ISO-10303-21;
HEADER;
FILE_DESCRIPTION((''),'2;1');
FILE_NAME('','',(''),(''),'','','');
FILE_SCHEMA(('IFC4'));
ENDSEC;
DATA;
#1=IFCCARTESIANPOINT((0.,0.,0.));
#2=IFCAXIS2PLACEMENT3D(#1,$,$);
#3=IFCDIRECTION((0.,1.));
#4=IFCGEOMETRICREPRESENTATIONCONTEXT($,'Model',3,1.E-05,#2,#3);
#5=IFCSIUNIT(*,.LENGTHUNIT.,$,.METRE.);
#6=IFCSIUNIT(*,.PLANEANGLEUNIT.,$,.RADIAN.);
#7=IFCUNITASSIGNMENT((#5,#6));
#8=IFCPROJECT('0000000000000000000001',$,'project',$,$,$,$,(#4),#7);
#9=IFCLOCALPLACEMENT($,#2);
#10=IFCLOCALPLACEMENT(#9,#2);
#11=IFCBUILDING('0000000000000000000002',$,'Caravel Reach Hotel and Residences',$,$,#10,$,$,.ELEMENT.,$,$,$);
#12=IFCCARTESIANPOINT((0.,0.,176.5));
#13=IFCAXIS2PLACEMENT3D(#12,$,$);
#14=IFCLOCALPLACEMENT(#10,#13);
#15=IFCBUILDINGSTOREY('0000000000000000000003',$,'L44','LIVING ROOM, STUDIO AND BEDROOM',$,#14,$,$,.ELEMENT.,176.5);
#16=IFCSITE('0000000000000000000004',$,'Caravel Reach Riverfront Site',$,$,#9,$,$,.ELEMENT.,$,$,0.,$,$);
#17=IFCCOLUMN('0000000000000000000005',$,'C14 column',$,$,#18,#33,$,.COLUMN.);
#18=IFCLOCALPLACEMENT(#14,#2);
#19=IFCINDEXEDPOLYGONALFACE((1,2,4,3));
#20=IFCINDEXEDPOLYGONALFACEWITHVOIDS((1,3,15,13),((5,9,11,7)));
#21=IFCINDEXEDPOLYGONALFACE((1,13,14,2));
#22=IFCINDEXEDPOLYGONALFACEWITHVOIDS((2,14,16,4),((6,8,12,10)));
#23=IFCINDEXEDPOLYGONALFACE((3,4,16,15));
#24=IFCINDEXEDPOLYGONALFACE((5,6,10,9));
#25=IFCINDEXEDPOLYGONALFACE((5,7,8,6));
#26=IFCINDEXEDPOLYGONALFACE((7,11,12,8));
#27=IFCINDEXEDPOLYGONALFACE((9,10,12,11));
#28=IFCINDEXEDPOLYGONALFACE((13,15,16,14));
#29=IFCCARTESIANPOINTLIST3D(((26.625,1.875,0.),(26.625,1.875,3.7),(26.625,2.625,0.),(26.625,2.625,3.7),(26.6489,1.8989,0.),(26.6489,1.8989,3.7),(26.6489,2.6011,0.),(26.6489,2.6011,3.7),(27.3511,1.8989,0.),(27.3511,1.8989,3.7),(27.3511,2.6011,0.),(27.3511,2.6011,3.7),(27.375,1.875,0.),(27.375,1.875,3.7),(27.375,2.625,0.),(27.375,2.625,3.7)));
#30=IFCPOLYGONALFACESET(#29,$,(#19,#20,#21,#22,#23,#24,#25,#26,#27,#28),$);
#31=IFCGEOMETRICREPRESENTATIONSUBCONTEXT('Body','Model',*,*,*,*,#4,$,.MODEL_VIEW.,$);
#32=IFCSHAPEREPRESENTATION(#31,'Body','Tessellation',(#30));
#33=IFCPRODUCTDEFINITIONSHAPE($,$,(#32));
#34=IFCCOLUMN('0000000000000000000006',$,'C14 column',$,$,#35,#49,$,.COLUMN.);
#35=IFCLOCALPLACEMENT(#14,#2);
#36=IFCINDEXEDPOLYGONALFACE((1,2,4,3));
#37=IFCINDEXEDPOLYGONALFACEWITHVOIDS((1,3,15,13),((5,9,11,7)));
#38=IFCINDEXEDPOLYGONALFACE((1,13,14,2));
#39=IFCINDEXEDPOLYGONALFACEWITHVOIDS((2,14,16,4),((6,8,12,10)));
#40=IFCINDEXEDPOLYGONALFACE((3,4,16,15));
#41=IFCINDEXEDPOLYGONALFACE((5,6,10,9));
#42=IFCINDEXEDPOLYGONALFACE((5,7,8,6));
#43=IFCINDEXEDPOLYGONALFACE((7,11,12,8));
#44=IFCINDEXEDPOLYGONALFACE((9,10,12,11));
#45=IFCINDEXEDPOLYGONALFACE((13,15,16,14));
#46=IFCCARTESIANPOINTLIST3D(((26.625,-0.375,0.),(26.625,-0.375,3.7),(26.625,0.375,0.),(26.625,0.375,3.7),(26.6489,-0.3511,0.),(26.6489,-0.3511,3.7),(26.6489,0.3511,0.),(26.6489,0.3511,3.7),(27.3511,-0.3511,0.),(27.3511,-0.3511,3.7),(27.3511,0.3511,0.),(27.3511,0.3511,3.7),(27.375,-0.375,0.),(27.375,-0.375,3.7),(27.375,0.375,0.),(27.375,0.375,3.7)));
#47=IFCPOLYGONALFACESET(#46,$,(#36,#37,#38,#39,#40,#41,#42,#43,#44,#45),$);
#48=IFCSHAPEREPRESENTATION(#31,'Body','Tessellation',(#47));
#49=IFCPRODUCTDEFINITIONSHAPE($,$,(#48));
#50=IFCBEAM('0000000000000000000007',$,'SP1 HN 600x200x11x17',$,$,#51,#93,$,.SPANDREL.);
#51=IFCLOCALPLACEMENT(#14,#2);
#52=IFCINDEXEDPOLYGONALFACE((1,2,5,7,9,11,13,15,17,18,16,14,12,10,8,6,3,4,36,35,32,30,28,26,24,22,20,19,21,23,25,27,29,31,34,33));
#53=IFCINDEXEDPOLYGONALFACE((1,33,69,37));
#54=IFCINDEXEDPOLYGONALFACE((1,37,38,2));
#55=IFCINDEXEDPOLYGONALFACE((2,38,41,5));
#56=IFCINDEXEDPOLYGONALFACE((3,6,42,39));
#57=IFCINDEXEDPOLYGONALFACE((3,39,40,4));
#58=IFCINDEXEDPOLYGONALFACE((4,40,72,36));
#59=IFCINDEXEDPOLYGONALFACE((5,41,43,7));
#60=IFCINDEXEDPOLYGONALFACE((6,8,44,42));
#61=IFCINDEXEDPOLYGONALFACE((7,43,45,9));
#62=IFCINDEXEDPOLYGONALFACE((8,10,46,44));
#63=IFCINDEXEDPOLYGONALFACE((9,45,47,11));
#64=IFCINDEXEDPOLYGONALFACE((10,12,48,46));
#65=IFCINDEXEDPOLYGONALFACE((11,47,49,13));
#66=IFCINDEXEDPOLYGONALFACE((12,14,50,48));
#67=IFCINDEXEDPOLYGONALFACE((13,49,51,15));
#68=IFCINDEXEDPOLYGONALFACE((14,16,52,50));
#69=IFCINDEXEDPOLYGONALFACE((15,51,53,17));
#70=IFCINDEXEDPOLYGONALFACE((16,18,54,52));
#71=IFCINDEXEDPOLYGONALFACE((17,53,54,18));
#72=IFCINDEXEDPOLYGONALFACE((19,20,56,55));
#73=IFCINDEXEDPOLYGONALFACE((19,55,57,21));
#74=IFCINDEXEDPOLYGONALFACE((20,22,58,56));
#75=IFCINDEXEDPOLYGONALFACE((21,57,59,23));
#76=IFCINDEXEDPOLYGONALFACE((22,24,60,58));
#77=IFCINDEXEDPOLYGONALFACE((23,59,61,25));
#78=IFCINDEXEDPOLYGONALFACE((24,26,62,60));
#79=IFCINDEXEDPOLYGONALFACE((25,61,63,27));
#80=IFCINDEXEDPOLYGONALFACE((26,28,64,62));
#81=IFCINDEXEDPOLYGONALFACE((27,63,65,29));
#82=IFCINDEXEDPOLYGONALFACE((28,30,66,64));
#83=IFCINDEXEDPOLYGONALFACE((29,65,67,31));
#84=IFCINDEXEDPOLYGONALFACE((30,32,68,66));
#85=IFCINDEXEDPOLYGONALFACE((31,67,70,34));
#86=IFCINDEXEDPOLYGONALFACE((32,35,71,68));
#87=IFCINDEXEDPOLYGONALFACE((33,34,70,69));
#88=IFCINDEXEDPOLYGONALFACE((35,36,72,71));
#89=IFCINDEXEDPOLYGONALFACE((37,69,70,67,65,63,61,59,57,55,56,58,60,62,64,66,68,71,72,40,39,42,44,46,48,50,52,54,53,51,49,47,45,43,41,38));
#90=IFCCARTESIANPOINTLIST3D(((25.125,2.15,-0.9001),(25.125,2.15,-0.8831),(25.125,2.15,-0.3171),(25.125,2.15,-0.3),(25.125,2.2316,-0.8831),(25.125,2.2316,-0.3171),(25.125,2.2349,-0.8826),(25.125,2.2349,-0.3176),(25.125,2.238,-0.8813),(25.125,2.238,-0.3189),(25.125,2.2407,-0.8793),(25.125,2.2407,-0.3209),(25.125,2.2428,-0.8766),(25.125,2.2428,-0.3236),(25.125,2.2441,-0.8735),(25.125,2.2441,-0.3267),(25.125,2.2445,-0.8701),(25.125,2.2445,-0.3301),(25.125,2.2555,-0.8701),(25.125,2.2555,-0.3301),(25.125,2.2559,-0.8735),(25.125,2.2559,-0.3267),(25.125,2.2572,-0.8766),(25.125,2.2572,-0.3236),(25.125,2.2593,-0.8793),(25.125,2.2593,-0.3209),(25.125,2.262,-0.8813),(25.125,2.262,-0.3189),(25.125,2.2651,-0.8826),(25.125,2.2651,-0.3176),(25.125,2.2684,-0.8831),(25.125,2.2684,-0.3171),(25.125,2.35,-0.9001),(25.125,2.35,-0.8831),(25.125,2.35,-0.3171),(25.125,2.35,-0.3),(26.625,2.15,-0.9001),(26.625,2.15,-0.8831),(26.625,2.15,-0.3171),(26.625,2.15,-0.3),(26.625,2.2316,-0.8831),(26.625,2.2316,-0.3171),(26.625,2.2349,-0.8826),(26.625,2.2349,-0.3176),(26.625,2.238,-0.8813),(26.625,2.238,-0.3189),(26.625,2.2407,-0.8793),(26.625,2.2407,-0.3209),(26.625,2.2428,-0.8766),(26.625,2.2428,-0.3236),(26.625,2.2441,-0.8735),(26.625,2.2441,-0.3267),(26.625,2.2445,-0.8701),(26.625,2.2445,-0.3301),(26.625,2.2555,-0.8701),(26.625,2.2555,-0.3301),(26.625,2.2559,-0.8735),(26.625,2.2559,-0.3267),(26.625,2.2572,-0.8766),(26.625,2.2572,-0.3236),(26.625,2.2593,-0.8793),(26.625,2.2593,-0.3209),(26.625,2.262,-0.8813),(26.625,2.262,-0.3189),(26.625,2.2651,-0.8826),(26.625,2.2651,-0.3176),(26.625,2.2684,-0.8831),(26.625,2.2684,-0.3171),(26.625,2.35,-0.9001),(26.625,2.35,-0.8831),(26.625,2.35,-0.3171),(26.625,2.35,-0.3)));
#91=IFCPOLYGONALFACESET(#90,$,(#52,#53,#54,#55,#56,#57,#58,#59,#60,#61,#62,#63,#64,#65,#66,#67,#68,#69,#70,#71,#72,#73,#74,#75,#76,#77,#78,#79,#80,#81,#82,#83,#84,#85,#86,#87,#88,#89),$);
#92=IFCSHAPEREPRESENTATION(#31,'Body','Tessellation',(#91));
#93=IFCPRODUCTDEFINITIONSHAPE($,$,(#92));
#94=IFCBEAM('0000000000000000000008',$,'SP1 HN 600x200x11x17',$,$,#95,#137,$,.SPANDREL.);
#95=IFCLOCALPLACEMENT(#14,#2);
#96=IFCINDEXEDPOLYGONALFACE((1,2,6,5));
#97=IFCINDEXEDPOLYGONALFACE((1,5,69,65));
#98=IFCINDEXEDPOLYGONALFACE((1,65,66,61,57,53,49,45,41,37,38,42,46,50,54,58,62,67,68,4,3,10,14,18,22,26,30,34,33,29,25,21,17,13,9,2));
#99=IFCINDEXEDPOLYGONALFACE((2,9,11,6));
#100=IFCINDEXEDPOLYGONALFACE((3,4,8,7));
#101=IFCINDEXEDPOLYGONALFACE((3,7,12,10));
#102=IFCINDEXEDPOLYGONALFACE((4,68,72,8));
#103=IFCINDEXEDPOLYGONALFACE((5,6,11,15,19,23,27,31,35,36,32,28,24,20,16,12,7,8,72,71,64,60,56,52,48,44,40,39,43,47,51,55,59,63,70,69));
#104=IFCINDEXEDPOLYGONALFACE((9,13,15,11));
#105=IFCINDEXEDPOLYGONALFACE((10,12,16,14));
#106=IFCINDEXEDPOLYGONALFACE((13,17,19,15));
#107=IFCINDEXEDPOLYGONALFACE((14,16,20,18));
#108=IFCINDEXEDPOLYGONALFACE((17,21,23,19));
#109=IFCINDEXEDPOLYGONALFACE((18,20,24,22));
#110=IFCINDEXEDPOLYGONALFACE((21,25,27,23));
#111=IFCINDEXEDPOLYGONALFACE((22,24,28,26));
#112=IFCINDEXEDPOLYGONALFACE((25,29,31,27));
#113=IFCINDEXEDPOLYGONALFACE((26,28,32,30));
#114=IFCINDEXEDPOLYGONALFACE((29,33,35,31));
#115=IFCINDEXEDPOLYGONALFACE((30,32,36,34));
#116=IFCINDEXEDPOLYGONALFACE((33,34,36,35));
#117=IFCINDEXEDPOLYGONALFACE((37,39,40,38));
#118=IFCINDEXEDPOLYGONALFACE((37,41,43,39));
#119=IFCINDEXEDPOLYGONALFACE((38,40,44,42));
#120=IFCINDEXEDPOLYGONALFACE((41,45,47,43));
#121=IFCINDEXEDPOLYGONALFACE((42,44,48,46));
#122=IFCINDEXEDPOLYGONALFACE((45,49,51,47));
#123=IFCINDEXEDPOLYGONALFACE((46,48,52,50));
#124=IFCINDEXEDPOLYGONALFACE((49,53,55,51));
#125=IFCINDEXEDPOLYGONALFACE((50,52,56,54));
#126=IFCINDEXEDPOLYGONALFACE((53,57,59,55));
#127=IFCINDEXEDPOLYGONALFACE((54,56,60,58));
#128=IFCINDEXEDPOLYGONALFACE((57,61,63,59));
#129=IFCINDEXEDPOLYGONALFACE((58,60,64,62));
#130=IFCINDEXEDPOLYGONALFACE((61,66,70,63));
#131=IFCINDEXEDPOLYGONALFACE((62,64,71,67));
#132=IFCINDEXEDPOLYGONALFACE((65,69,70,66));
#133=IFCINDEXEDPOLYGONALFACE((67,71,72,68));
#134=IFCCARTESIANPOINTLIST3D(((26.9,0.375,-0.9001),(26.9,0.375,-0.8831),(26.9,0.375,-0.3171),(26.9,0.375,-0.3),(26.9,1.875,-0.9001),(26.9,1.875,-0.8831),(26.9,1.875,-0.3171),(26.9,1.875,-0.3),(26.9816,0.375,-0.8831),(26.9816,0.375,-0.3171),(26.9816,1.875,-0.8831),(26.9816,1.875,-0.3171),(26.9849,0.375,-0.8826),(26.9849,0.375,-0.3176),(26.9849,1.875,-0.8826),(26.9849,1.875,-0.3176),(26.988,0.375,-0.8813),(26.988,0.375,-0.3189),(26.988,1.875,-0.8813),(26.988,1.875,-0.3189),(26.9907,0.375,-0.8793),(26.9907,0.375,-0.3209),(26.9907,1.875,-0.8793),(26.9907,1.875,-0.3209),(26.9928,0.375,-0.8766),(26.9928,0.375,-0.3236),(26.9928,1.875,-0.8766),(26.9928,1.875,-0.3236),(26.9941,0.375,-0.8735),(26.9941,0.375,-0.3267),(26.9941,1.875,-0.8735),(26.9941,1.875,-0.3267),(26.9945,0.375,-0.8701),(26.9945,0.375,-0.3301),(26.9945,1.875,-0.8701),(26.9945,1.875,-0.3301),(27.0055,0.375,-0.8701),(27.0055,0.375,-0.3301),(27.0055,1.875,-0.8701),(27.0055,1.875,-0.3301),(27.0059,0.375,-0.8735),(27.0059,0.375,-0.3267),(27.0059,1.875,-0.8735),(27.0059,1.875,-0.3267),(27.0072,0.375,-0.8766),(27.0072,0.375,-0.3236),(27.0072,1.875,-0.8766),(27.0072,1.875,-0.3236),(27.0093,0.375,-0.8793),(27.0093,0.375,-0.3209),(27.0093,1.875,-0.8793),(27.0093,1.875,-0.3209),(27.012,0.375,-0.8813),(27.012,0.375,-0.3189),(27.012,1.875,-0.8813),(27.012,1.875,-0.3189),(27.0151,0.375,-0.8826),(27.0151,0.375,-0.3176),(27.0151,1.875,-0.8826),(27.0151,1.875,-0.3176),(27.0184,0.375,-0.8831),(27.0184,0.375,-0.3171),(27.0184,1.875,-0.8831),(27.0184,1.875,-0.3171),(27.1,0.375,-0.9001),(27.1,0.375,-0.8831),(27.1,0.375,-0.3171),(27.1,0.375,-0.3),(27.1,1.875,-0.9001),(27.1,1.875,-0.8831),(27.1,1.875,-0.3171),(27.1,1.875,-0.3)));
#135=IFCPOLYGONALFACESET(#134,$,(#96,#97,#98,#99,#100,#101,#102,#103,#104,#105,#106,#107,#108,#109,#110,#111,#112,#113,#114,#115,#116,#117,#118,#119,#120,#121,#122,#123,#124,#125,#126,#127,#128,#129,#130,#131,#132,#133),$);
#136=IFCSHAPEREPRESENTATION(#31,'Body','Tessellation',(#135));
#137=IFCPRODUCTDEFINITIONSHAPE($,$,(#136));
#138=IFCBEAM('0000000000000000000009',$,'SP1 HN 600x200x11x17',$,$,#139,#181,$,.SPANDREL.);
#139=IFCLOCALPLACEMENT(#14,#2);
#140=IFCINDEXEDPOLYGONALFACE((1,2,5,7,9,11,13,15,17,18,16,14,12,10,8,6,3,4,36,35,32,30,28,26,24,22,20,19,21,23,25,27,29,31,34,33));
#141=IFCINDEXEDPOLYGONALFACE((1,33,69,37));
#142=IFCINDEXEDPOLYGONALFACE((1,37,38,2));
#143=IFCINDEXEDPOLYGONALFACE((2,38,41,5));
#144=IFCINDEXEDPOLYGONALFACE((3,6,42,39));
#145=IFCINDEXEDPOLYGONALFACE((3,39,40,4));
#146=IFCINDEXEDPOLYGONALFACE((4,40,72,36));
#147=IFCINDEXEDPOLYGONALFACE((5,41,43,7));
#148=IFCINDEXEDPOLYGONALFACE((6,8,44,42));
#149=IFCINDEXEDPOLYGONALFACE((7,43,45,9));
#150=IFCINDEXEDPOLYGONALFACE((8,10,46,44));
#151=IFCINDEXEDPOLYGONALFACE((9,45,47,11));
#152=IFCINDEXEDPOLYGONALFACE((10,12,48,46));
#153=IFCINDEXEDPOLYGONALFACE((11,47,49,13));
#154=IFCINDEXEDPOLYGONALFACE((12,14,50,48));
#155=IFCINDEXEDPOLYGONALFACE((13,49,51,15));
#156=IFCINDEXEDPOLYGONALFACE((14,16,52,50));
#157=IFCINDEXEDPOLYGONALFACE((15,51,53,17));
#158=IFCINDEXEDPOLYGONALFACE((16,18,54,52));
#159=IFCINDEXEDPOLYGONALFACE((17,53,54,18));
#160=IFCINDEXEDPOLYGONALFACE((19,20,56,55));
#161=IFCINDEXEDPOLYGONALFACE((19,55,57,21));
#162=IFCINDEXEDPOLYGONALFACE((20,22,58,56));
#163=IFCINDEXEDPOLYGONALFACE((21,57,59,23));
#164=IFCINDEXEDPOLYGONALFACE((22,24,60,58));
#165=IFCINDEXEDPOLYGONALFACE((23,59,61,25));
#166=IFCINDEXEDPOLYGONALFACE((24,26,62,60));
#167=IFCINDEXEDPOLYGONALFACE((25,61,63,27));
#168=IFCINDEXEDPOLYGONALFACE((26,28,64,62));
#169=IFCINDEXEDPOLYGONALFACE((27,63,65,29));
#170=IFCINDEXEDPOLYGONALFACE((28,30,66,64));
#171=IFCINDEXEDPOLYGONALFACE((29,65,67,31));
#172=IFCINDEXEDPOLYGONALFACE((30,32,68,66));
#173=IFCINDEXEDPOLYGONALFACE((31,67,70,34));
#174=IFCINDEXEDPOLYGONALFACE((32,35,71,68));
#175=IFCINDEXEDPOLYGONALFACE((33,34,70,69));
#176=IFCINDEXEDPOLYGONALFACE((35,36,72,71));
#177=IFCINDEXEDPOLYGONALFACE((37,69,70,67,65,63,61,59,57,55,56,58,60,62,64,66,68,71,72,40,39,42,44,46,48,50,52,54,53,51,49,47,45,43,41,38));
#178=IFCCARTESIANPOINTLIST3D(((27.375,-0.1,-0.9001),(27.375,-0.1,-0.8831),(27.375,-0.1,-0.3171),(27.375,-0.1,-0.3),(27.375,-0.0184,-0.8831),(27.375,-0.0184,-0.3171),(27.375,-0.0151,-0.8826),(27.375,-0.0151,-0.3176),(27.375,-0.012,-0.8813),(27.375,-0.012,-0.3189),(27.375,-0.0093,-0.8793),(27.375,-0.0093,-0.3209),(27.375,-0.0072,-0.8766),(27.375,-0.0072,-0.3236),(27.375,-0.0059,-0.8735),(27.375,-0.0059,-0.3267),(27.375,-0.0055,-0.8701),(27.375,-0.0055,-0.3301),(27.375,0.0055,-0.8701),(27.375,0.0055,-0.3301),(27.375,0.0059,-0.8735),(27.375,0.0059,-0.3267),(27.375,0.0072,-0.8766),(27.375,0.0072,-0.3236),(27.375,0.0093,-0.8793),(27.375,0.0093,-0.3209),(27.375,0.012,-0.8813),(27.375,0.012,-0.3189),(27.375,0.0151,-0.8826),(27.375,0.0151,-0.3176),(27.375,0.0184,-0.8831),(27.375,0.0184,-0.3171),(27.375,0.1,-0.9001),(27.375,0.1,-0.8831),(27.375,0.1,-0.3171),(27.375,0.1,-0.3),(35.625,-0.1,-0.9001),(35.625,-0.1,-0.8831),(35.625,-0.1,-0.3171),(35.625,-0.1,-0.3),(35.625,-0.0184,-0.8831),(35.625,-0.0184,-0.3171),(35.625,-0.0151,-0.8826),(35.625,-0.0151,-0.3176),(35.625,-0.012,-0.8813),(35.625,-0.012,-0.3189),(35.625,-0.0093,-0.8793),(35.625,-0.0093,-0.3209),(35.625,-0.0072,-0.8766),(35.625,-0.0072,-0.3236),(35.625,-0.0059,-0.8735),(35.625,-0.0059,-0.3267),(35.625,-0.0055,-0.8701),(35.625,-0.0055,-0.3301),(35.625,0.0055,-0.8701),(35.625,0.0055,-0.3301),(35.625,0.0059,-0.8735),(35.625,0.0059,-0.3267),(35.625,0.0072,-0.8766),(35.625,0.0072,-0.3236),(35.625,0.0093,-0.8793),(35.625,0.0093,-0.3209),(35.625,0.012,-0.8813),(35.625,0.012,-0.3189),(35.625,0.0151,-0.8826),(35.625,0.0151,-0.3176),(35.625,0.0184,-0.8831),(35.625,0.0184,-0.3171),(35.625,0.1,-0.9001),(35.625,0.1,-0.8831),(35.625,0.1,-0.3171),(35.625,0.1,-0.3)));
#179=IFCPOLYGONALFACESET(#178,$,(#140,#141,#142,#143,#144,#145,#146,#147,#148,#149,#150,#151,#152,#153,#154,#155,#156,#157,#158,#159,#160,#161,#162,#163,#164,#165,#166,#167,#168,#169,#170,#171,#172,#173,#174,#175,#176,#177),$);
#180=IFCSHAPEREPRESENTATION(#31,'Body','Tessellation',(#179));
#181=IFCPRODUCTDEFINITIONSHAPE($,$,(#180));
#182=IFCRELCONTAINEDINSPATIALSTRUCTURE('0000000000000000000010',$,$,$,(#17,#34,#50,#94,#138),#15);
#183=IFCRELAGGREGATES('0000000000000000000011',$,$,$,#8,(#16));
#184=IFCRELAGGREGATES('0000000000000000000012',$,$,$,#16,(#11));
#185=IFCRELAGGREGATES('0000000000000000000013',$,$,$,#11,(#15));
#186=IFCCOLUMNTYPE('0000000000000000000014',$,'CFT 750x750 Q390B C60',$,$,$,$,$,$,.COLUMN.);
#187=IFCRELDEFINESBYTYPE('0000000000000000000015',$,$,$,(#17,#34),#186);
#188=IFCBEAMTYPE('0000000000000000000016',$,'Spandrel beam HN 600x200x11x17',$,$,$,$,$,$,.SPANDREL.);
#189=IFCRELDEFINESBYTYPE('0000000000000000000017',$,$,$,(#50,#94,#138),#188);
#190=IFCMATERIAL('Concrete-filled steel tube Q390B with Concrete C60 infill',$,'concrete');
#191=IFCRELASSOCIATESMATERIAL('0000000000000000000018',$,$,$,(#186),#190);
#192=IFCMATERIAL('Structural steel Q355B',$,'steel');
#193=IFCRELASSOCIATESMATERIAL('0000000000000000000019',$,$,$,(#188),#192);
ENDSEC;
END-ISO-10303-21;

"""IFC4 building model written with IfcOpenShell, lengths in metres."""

from ifc_helpers import new_model, si_unit, direction, frame, origin, origin_2d, place, context, subcontext, project, spatial, hollow_rectangle, i_section, extrude, material, material_profile, profile_set, type_object, element, save


model = new_model("IFC4")

# Units and contexts
model_context = context("Model", 3, precision=1e-05, world=origin(), true_north=direction((0.0, 1.0)))
body_context = subcontext(model_context, "Body", "Model", "MODEL_VIEW")
ifc_project = project(units=[si_unit("LENGTHUNIT", "METRE"), si_unit("PLANEANGLEUNIT", "RADIAN")], contexts=[model_context])

# Site, building, storey
site_placement = place(None, origin())
site = spatial("IfcSite", under=ifc_project, at=site_placement, Name="Caravel Reach Riverfront Site", CompositionType="ELEMENT", RefElevation=0.0)
building_placement = place(site_placement, origin())
building = spatial("IfcBuilding", under=site, at=building_placement, Name="Caravel Reach Hotel and Residences", CompositionType="ELEMENT")
storey_placement = place(building_placement, frame((0.0, 0.0, 176.5)))
storey = spatial("IfcBuildingStorey", under=building, at=storey_placement, Name="L44", Description="LIVING ROOM, STUDIO AND BEDROOM", CompositionType="ELEMENT", Elevation=176.5)

# Columns
ifc_material_1 = material(Name="Concrete-filled steel tube Q390B with Concrete C60 infill", Category="concrete")
ifc_material_profile_1 = material_profile(ifc_material_1, hollow_rectangle(XDim=0.75, YDim=0.75, WallThickness=0.0239, at=origin_2d()), Name="RHS 750x750x24")
ifc_profile_set_1 = profile_set([ifc_material_profile_1], Name="Concrete-filled steel tube Q390B with Concrete C60 infill")
column_type = type_object("IfcColumnType", Name="CFT 750x750 Q390B C60", PredefinedType="COLUMN", material=ifc_profile_set_1)
for number, where, z_axis, x_axis, name in (
    (1, (27.0, 2.25, 0.0), (0.0, 0.0, 1.0), (1.0, 0.0, 0.0), "C14 column"),
    (2, (27.0, 0.0, 0.0), (0.0, 0.0, 1.0), (1.0, 0.0, 0.0), "C14 column"),
):
    element("IfcColumn", number, at=place(storey_placement, frame(where, z_axis=z_axis, x_axis=x_axis)), inside=storey, type_object=column_type, Name=name, PredefinedType="COLUMN", context=body_context, shape_type="SweptSolid", body=[
        extrude(hollow_rectangle(XDim=0.75, YDim=0.75, WallThickness=0.0239, at=origin_2d()), origin(), (0.0, 0.0, 1.0), 3.7),
    ])

# Beams
ifc_material_2 = material(Name="Structural steel Q355B", Category="steel")
ifc_material_profile_2 = material_profile(ifc_material_2, i_section(OverallWidth=0.2, OverallDepth=0.6001, WebThickness=0.011, FlangeThickness=0.0171, FilletRadius=0.0129, at=origin_2d()), Name="HN 600x200x11x17")
ifc_profile_set_2 = profile_set([ifc_material_profile_2], Name="Structural steel Q355B")
beam_type = type_object("IfcBeamType", Name="Spandrel beam HN 600x200x11x17", PredefinedType="SPANDREL", material=ifc_profile_set_2)
for number, where, z_axis, x_axis, name in (
    (3, (25.125, 2.25, -0.6001), (1.0, 0.0, 0.0), (0.0, 1.0, 0.0), "SP1 HN 600x200x11x17"),
    (4, (27.0, 1.875, -0.6001), (0.0, -1.0, 0.0), (1.0, 0.0, 0.0), "SP1 HN 600x200x11x17"),
):
    element("IfcBeam", number, at=place(storey_placement, frame(where, z_axis=z_axis, x_axis=x_axis)), inside=storey, type_object=beam_type, Name=name, PredefinedType="SPANDREL", context=body_context, shape_type="SweptSolid", body=[
        extrude(i_section(OverallWidth=0.2, OverallDepth=0.6001, WebThickness=0.011, FlangeThickness=0.0171, FilletRadius=0.0129, at=origin_2d()), origin(), (0.0, 0.0, 1.0), 1.5),
    ])
beam_placement = place(storey_placement, frame((27.375, 0.0, -0.6001), z_axis=(1.0, 0.0, 0.0), x_axis=(0.0, 1.0, 0.0)))
element("IfcBeam", 5, at=beam_placement, inside=storey, type_object=beam_type, Name="SP1 HN 600x200x11x17", PredefinedType="SPANDREL", context=body_context, shape_type="SweptSolid", body=[
    extrude(i_section(OverallWidth=0.2, OverallDepth=0.6001, WebThickness=0.011, FlangeThickness=0.0171, FilletRadius=0.0129, at=origin_2d()), origin(), (0.0, 0.0, 1.0), 8.25),
])

save(model, "model.ifc")
